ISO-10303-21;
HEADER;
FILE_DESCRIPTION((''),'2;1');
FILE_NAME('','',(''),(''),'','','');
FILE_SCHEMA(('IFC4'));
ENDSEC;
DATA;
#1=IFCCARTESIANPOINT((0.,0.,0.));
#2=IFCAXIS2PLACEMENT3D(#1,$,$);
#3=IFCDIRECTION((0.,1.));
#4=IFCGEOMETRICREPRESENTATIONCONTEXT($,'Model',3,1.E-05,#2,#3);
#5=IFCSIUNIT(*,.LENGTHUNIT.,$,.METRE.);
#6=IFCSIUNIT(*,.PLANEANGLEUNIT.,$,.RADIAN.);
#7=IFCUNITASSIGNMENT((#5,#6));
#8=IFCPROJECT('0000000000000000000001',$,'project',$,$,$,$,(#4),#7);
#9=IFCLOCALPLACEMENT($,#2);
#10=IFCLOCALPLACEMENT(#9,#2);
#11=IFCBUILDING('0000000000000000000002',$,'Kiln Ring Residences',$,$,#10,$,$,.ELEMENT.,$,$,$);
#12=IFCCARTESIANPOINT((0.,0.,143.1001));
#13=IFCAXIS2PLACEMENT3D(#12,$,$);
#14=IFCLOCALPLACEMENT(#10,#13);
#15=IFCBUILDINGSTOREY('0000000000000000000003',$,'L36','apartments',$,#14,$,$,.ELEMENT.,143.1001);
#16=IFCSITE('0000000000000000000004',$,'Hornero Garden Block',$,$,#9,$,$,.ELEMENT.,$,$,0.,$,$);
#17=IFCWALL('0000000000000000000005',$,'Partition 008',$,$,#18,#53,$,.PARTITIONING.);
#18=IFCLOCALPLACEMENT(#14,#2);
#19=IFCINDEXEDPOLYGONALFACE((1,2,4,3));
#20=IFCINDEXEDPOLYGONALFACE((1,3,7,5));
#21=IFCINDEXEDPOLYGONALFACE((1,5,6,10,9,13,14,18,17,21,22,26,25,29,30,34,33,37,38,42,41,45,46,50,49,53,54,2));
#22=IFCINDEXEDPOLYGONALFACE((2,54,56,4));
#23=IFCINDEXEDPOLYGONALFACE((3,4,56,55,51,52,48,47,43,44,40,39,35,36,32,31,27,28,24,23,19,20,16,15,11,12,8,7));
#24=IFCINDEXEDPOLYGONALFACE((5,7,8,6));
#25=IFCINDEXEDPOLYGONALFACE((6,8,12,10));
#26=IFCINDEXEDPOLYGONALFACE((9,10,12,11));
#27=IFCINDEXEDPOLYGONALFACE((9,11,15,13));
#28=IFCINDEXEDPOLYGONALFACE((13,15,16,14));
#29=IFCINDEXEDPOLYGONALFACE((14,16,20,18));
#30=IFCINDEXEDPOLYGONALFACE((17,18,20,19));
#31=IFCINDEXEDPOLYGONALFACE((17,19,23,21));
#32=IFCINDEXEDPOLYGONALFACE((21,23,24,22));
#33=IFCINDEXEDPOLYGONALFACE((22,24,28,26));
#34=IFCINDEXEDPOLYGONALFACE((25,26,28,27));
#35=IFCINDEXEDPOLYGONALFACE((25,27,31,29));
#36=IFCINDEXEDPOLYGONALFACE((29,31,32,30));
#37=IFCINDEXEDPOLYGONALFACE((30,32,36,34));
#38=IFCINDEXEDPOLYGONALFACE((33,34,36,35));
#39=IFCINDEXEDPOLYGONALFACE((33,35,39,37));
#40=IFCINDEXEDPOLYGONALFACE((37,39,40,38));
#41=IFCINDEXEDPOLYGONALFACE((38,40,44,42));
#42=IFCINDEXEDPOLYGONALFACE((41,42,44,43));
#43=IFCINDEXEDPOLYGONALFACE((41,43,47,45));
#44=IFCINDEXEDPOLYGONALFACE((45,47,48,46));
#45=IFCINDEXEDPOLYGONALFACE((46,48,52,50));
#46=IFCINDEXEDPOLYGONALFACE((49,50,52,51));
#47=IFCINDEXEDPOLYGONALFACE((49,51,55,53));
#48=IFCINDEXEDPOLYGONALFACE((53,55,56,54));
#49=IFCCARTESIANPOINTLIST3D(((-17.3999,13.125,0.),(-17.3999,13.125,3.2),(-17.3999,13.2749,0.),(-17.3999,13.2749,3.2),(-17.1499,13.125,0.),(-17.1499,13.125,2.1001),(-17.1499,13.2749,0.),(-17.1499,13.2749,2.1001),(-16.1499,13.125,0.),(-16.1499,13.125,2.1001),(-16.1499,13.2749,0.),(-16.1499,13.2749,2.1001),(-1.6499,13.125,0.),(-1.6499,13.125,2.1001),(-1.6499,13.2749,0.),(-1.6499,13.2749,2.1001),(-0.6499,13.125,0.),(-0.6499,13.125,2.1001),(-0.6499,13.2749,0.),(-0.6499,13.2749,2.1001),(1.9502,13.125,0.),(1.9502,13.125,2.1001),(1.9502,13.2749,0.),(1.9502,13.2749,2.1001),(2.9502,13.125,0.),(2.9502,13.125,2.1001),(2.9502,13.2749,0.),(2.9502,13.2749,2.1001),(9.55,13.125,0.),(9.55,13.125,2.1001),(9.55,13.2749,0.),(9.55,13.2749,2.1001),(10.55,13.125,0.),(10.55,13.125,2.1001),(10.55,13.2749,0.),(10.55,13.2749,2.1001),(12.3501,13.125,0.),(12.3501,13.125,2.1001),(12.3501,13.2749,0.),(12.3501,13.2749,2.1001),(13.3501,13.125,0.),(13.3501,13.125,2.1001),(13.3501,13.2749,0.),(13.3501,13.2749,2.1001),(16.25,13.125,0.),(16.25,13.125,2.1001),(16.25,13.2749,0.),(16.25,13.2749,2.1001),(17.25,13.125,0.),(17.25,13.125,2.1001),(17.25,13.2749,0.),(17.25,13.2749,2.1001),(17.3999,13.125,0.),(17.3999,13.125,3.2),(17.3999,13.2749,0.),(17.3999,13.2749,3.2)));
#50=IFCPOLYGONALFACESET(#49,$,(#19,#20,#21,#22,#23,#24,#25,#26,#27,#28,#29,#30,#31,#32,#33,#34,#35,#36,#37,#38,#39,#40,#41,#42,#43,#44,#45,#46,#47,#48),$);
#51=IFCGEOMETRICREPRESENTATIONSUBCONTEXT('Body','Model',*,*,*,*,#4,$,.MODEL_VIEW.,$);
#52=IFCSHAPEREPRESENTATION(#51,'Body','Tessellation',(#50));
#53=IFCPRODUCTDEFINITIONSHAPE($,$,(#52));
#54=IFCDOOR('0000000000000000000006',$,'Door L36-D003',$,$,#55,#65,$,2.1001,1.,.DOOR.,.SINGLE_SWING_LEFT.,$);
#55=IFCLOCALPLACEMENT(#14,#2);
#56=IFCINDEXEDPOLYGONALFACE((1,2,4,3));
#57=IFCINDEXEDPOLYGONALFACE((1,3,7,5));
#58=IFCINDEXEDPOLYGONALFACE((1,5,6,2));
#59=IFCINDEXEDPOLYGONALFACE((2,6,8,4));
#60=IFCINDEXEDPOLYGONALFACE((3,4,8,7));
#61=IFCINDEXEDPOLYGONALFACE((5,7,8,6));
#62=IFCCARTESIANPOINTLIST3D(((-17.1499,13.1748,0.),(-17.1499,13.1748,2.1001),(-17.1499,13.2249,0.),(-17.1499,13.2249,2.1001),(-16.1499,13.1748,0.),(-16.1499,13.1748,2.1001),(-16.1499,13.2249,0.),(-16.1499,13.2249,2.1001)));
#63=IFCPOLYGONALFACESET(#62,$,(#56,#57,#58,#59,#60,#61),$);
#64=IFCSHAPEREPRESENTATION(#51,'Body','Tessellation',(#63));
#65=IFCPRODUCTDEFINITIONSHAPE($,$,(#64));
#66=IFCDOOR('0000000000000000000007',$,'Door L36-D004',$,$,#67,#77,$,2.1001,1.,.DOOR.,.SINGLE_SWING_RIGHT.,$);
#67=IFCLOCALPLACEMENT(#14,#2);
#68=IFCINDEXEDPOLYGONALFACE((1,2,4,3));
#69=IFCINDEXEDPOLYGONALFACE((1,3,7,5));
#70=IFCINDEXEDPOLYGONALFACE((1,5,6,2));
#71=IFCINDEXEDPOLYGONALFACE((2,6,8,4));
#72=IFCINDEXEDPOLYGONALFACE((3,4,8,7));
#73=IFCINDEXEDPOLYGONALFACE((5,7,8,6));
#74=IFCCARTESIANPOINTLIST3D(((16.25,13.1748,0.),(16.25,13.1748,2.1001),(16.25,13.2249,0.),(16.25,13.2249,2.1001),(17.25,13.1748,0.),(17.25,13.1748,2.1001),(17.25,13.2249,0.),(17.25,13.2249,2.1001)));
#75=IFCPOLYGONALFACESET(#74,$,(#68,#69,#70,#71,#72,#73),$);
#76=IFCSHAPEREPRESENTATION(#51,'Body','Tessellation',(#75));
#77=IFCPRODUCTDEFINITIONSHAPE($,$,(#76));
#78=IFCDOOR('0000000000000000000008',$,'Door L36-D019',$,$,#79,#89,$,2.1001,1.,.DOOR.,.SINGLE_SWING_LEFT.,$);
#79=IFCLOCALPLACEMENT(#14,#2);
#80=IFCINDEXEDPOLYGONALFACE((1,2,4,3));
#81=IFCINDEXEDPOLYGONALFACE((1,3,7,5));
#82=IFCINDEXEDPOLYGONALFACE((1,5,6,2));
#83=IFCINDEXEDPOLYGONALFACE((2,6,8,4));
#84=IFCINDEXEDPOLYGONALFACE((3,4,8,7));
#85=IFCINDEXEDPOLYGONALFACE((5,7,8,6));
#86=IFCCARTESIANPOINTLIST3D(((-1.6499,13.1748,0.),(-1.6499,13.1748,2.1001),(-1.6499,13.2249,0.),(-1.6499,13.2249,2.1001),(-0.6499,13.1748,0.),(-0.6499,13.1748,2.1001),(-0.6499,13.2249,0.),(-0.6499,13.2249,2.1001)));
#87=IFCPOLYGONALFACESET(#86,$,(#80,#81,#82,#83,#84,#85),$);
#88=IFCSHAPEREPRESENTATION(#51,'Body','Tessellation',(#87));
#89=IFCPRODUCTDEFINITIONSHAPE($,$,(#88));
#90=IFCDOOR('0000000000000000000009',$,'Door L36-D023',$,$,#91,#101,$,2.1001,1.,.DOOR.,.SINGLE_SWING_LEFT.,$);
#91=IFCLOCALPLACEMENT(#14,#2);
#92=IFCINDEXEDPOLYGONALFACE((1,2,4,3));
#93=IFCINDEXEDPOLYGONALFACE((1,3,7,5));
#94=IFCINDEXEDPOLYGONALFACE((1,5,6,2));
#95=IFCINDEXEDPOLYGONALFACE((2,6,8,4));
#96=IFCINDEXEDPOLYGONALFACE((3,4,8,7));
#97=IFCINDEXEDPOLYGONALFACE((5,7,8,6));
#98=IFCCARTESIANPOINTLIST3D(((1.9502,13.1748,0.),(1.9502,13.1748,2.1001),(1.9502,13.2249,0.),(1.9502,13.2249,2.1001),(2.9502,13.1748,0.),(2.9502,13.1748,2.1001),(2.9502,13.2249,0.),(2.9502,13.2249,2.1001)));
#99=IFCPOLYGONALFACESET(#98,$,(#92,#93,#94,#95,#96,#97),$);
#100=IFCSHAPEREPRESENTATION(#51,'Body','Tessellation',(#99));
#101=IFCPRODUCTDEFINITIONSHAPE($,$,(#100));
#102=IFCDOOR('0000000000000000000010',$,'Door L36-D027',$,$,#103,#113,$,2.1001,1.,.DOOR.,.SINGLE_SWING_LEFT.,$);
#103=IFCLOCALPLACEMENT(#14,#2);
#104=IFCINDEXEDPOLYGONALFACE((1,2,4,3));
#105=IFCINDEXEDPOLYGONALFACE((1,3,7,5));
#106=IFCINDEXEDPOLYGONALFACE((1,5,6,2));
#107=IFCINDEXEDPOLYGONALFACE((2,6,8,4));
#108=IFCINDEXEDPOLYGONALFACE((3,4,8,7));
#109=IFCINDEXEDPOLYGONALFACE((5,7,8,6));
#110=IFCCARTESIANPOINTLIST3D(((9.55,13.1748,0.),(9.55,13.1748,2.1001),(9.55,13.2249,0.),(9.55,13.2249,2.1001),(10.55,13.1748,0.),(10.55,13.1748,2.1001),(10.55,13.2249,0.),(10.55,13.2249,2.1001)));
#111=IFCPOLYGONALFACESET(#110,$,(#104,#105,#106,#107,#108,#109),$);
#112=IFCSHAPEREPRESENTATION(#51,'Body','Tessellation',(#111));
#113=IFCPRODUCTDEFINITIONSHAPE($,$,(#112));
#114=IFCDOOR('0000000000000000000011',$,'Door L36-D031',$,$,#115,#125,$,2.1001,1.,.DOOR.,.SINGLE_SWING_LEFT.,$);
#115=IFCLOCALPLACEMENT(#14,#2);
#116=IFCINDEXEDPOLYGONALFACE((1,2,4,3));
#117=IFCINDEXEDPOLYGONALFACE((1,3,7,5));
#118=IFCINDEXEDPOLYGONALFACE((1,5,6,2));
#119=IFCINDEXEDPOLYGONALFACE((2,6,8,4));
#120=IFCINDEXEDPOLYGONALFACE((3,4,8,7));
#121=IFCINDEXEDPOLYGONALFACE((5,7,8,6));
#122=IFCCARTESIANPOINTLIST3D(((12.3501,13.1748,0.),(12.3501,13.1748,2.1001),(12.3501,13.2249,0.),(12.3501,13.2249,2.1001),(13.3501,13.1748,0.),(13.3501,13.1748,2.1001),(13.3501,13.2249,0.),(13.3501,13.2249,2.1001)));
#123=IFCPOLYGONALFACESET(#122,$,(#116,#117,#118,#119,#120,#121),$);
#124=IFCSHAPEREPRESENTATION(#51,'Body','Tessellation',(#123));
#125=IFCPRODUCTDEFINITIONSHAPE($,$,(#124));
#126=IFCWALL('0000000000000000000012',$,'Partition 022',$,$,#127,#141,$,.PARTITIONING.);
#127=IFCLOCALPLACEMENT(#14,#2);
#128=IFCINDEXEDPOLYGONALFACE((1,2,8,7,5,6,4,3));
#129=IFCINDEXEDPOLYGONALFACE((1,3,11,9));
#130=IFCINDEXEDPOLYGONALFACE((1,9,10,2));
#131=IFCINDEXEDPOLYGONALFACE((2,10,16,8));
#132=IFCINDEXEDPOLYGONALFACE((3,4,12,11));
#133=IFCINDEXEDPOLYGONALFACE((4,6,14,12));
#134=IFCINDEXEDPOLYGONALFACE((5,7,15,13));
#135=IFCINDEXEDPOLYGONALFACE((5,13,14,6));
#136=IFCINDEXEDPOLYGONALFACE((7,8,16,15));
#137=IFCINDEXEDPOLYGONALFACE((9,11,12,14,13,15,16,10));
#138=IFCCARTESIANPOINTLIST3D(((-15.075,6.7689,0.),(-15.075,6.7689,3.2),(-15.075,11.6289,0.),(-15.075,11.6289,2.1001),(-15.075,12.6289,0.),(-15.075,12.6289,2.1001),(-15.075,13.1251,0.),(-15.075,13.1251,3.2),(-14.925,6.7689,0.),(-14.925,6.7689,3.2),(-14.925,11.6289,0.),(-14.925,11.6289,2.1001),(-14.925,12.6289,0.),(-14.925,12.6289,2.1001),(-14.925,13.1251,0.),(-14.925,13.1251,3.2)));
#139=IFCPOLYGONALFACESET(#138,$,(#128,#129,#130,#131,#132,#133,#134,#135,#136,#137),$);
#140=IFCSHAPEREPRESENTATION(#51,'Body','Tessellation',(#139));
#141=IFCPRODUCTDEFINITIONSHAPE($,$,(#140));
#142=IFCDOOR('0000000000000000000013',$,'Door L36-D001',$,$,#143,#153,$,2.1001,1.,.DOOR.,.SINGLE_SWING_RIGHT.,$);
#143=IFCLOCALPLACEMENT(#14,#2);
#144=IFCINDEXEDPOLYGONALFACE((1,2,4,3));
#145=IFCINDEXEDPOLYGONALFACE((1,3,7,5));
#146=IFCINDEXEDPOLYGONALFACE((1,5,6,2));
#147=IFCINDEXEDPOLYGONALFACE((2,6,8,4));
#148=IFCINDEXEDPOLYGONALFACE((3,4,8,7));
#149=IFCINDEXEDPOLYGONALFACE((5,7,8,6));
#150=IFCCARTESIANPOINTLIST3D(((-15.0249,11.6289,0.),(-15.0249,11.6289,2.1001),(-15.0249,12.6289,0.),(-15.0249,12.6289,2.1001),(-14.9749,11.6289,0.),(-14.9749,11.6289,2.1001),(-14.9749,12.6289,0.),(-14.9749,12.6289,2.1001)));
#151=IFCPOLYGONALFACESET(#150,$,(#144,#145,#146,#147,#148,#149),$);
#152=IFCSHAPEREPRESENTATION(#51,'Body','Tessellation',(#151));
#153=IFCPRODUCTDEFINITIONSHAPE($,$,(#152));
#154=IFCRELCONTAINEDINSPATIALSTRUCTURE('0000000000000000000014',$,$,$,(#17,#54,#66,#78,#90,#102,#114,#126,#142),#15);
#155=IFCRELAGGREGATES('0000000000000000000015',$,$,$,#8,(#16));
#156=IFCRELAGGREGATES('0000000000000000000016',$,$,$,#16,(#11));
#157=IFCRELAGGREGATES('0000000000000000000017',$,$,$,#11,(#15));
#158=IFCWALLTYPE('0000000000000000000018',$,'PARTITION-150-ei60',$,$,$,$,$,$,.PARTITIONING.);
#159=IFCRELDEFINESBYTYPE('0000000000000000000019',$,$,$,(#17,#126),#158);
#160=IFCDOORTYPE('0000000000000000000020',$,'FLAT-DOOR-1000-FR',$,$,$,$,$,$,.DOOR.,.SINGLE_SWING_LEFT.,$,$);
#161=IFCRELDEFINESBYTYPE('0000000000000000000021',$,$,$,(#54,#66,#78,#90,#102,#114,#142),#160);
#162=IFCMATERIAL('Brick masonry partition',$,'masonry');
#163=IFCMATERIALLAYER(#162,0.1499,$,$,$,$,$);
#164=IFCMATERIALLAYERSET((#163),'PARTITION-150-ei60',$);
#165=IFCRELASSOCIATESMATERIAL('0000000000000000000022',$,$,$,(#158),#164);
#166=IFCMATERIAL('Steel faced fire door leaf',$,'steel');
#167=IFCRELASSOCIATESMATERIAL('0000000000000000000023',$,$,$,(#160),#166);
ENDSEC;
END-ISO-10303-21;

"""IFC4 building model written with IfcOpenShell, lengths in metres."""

from ifc_helpers import new_model, si_unit, direction, frame, frame_2d, origin, place, context, subcontext, project, spatial, rectangle, extrude, material, layer, layer_set, type_object, element, fill, save


model = new_model("IFC4")

# Units and contexts
model_context = context("Model", 3, precision=1e-05, world=origin(), true_north=direction((0.0, 1.0)))
body_context = subcontext(model_context, "Body", "Model", "MODEL_VIEW")
ifc_project = project(units=[si_unit("LENGTHUNIT", "METRE"), si_unit("PLANEANGLEUNIT", "RADIAN")], contexts=[model_context])

# Site, building, storey
site_placement = place(None, origin())
site = spatial("IfcSite", under=ifc_project, at=site_placement, Name="Hornero Garden Block", CompositionType="ELEMENT", RefElevation=0.0)
building_placement = place(site_placement, origin())
building = spatial("IfcBuilding", under=site, at=building_placement, Name="Kiln Ring Residences", CompositionType="ELEMENT")
storey_placement = place(building_placement, frame((0.0, 0.0, 143.1001)))
storey = spatial("IfcBuildingStorey", under=building, at=storey_placement, Name="L36", Description="apartments", CompositionType="ELEMENT", Elevation=143.1001)

# Wall, openings, doors
ifc_material_1 = material(Name="Brick masonry partition", Category="masonry")
ifc_layer_1 = layer(ifc_material_1, 0.1499)
ifc_layer_set_1 = layer_set([ifc_layer_1], Name="PARTITION-150-ei60")
wall_type_1 = type_object("IfcWallType", Name="PARTITION-150-ei60", PredefinedType="PARTITIONING", material=ifc_layer_set_1)
wall_1_placement = place(storey_placement, frame((-17.3999, 13.2, 0.0), z_axis=(0.0, 0.0, 1.0), x_axis=(1.0, 0.0, 0.0)))
wall_1 = element("IfcWall", 1, at=wall_1_placement, inside=storey, type_object=wall_type_1, Name="Partition 008", PredefinedType="PARTITIONING", context=body_context, shape_type="SweptSolid", body=[
    extrude(rectangle(XDim=34.7998, YDim=0.1499, at=frame_2d((17.3999, 0.0))), origin(), (0.0, 0.0, 1.0), 3.2),
])
opening_1_placement = place(wall_1_placement, frame((0.25, 0.0, 0.0)))
opening_1 = element("IfcOpeningElement", 2, at=opening_1_placement, cuts=wall_1, PredefinedType="OPENING", context=body_context, shape_type="SweptSolid", body=[
    extrude(rectangle(XDim=1.0, YDim=2.1001, at=frame_2d((0.5, 1.05))), frame((0.0, 0.085, 0.0), z_axis=(0.0, -1.0, 0.0), x_axis=(1.0, 0.0, 0.0)), (0.0, 0.0, 1.0), 0.1699),
])
opening_2_placement = place(wall_1_placement, frame((33.6499, 0.0, 0.0)))
opening_2 = element("IfcOpeningElement", 3, at=opening_2_placement, cuts=wall_1, PredefinedType="OPENING", context=body_context, shape_type="SweptSolid", body=[
    extrude(rectangle(XDim=1.0, YDim=2.1001, at=frame_2d((0.5, 1.05))), frame((0.0, 0.085, 0.0), z_axis=(0.0, -1.0, 0.0), x_axis=(1.0, 0.0, 0.0)), (0.0, 0.0, 1.0), 0.1699),
])
opening_3_placement = place(wall_1_placement, frame((15.75, 0.0, 0.0)))
opening_3 = element("IfcOpeningElement", 4, at=opening_3_placement, cuts=wall_1, PredefinedType="OPENING", context=body_context, shape_type="SweptSolid", body=[
    extrude(rectangle(XDim=1.0, YDim=2.1001, at=frame_2d((0.5, 1.05))), frame((0.0, 0.085, 0.0), z_axis=(0.0, -1.0, 0.0), x_axis=(1.0, 0.0, 0.0)), (0.0, 0.0, 1.0), 0.1699),
])
opening_4_placement = place(wall_1_placement, frame((19.3501, 0.0, 0.0)))
opening_4 = element("IfcOpeningElement", 5, at=opening_4_placement, cuts=wall_1, PredefinedType="OPENING", context=body_context, shape_type="SweptSolid", body=[
    extrude(rectangle(XDim=1.0, YDim=2.1001, at=frame_2d((0.5, 1.05))), frame((0.0, 0.085, 0.0), z_axis=(0.0, -1.0, 0.0), x_axis=(1.0, 0.0, 0.0)), (0.0, 0.0, 1.0), 0.1699),
])
opening_5_placement = place(wall_1_placement, frame((26.95, 0.0, 0.0)))
opening_5 = element("IfcOpeningElement", 6, at=opening_5_placement, cuts=wall_1, PredefinedType="OPENING", context=body_context, shape_type="SweptSolid", body=[
    extrude(rectangle(XDim=1.0, YDim=2.1001, at=frame_2d((0.5, 1.05))), frame((0.0, 0.085, 0.0), z_axis=(0.0, -1.0, 0.0), x_axis=(1.0, 0.0, 0.0)), (0.0, 0.0, 1.0), 0.1699),
])
opening_6_placement = place(wall_1_placement, frame((29.75, 0.0, 0.0)))
opening_6 = element("IfcOpeningElement", 7, at=opening_6_placement, cuts=wall_1, PredefinedType="OPENING", context=body_context, shape_type="SweptSolid", body=[
    extrude(rectangle(XDim=1.0, YDim=2.1001, at=frame_2d((0.5, 1.05))), frame((0.0, 0.085, 0.0), z_axis=(0.0, -1.0, 0.0), x_axis=(1.0, 0.0, 0.0)), (0.0, 0.0, 1.0), 0.1699),
])
ifc_material_2 = material(Name="Steel faced fire door leaf", Category="steel")
door_type_1 = type_object("IfcDoorType", Name="FLAT-DOOR-1000-FR", OperationType="SINGLE_SWING_LEFT", PredefinedType="DOOR", material=ifc_material_2)
door_1_placement = place(opening_1_placement, origin())
door_1 = element("IfcDoor", 8, at=door_1_placement, inside=storey, type_object=door_type_1, Name="Door L36-D003", OperationType="SINGLE_SWING_LEFT", OverallHeight=2.1001, OverallWidth=1.0, PredefinedType="DOOR", context=body_context, shape_type="SweptSolid", body=[
    extrude(rectangle(XDim=1.0, YDim=2.1001, at=frame_2d((0.5, 1.05))), frame((0.0, 0.0249, 0.0), z_axis=(0.0, -1.0, 0.0), x_axis=(1.0, 0.0, 0.0)), (0.0, 0.0, 1.0), 0.05),
])
fill(opening_1, door_1)
door_2_placement = place(opening_2_placement, origin())
door_2 = element("IfcDoor", 9, at=door_2_placement, inside=storey, type_object=door_type_1, Name="Door L36-D004", OperationType="SINGLE_SWING_RIGHT", OverallHeight=2.1001, OverallWidth=1.0, PredefinedType="DOOR", context=body_context, shape_type="SweptSolid", body=[
    extrude(rectangle(XDim=1.0, YDim=2.1001, at=frame_2d((0.5, 1.05))), frame((0.0, 0.0249, 0.0), z_axis=(0.0, -1.0, 0.0), x_axis=(1.0, 0.0, 0.0)), (0.0, 0.0, 1.0), 0.05),
])
fill(opening_2, door_2)
door_3_placement = place(opening_3_placement, origin())
door_3 = element("IfcDoor", 10, at=door_3_placement, inside=storey, type_object=door_type_1, Name="Door L36-D019", OperationType="SINGLE_SWING_LEFT", OverallHeight=2.1001, OverallWidth=1.0, PredefinedType="DOOR", context=body_context, shape_type="SweptSolid", body=[
    extrude(rectangle(XDim=1.0, YDim=2.1001, at=frame_2d((0.5, 1.05))), frame((0.0, 0.0249, 0.0), z_axis=(0.0, -1.0, 0.0), x_axis=(1.0, 0.0, 0.0)), (0.0, 0.0, 1.0), 0.05),
])
fill(opening_3, door_3)
door_4_placement = place(opening_4_placement, origin())
door_4 = element("IfcDoor", 11, at=door_4_placement, inside=storey, type_object=door_type_1, Name="Door L36-D023", OperationType="SINGLE_SWING_LEFT", OverallHeight=2.1001, OverallWidth=1.0, PredefinedType="DOOR", context=body_context, shape_type="SweptSolid", body=[
    extrude(rectangle(XDim=1.0, YDim=2.1001, at=frame_2d((0.5, 1.05))), frame((0.0, 0.0249, 0.0), z_axis=(0.0, -1.0, 0.0), x_axis=(1.0, 0.0, 0.0)), (0.0, 0.0, 1.0), 0.05),
])
fill(opening_4, door_4)
door_5_placement = place(opening_5_placement, origin())
door_5 = element("IfcDoor", 12, at=door_5_placement, inside=storey, type_object=door_type_1, Name="Door L36-D027", OperationType="SINGLE_SWING_LEFT", OverallHeight=2.1001, OverallWidth=1.0, PredefinedType="DOOR", context=body_context, shape_type="SweptSolid", body=[
    extrude(rectangle(XDim=1.0, YDim=2.1001, at=frame_2d((0.5, 1.05))), frame((0.0, 0.0249, 0.0), z_axis=(0.0, -1.0, 0.0), x_axis=(1.0, 0.0, 0.0)), (0.0, 0.0, 1.0), 0.05),
])
fill(opening_5, door_5)
door_6_placement = place(opening_6_placement, origin())
door_6 = element("IfcDoor", 13, at=door_6_placement, inside=storey, type_object=door_type_1, Name="Door L36-D031", OperationType="SINGLE_SWING_LEFT", OverallHeight=2.1001, OverallWidth=1.0, PredefinedType="DOOR", context=body_context, shape_type="SweptSolid", body=[
    extrude(rectangle(XDim=1.0, YDim=2.1001, at=frame_2d((0.5, 1.05))), frame((0.0, 0.0249, 0.0), z_axis=(0.0, -1.0, 0.0), x_axis=(1.0, 0.0, 0.0)), (0.0, 0.0, 1.0), 0.05),
])
fill(opening_6, door_6)

# Wall, opening, door
wall_2_placement = place(storey_placement, frame((-15.0, 6.7688, 0.0), z_axis=(0.0, 0.0, 1.0), x_axis=(0.0, 1.0, 0.0)))
wall_2 = element("IfcWall", 14, at=wall_2_placement, inside=storey, type_object=wall_type_1, Name="Partition 022", PredefinedType="PARTITIONING", context=body_context, shape_type="SweptSolid", body=[
    extrude(rectangle(XDim=6.3562, YDim=0.1499, at=frame_2d((3.1782, 0.0))), origin(), (0.0, 0.0, 1.0), 3.2),
])
opening_7_placement = place(wall_2_placement, frame((4.8601, 0.0, 0.0)))
opening_7 = element("IfcOpeningElement", 15, at=opening_7_placement, cuts=wall_2, PredefinedType="OPENING", context=body_context, shape_type="SweptSolid", body=[
    extrude(rectangle(XDim=1.0, YDim=2.1001, at=frame_2d((0.5, 1.05))), frame((0.0, 0.085, 0.0), z_axis=(0.0, -1.0, 0.0), x_axis=(1.0, 0.0, 0.0)), (0.0, 0.0, 1.0), 0.1699),
])
door_7_placement = place(opening_7_placement, origin())
door_7 = element("IfcDoor", 16, at=door_7_placement, inside=storey, type_object=door_type_1, Name="Door L36-D001", OperationType="SINGLE_SWING_RIGHT", OverallHeight=2.1001, OverallWidth=1.0, PredefinedType="DOOR", context=body_context, shape_type="SweptSolid", body=[
    extrude(rectangle(XDim=1.0, YDim=2.1001, at=frame_2d((0.5, 1.05))), frame((0.0, 0.0249, 0.0), z_axis=(0.0, -1.0, 0.0), x_axis=(1.0, 0.0, 0.0)), (0.0, 0.0, 1.0), 0.05),
])
fill(opening_7, door_7)

save(model, "model.ifc")
